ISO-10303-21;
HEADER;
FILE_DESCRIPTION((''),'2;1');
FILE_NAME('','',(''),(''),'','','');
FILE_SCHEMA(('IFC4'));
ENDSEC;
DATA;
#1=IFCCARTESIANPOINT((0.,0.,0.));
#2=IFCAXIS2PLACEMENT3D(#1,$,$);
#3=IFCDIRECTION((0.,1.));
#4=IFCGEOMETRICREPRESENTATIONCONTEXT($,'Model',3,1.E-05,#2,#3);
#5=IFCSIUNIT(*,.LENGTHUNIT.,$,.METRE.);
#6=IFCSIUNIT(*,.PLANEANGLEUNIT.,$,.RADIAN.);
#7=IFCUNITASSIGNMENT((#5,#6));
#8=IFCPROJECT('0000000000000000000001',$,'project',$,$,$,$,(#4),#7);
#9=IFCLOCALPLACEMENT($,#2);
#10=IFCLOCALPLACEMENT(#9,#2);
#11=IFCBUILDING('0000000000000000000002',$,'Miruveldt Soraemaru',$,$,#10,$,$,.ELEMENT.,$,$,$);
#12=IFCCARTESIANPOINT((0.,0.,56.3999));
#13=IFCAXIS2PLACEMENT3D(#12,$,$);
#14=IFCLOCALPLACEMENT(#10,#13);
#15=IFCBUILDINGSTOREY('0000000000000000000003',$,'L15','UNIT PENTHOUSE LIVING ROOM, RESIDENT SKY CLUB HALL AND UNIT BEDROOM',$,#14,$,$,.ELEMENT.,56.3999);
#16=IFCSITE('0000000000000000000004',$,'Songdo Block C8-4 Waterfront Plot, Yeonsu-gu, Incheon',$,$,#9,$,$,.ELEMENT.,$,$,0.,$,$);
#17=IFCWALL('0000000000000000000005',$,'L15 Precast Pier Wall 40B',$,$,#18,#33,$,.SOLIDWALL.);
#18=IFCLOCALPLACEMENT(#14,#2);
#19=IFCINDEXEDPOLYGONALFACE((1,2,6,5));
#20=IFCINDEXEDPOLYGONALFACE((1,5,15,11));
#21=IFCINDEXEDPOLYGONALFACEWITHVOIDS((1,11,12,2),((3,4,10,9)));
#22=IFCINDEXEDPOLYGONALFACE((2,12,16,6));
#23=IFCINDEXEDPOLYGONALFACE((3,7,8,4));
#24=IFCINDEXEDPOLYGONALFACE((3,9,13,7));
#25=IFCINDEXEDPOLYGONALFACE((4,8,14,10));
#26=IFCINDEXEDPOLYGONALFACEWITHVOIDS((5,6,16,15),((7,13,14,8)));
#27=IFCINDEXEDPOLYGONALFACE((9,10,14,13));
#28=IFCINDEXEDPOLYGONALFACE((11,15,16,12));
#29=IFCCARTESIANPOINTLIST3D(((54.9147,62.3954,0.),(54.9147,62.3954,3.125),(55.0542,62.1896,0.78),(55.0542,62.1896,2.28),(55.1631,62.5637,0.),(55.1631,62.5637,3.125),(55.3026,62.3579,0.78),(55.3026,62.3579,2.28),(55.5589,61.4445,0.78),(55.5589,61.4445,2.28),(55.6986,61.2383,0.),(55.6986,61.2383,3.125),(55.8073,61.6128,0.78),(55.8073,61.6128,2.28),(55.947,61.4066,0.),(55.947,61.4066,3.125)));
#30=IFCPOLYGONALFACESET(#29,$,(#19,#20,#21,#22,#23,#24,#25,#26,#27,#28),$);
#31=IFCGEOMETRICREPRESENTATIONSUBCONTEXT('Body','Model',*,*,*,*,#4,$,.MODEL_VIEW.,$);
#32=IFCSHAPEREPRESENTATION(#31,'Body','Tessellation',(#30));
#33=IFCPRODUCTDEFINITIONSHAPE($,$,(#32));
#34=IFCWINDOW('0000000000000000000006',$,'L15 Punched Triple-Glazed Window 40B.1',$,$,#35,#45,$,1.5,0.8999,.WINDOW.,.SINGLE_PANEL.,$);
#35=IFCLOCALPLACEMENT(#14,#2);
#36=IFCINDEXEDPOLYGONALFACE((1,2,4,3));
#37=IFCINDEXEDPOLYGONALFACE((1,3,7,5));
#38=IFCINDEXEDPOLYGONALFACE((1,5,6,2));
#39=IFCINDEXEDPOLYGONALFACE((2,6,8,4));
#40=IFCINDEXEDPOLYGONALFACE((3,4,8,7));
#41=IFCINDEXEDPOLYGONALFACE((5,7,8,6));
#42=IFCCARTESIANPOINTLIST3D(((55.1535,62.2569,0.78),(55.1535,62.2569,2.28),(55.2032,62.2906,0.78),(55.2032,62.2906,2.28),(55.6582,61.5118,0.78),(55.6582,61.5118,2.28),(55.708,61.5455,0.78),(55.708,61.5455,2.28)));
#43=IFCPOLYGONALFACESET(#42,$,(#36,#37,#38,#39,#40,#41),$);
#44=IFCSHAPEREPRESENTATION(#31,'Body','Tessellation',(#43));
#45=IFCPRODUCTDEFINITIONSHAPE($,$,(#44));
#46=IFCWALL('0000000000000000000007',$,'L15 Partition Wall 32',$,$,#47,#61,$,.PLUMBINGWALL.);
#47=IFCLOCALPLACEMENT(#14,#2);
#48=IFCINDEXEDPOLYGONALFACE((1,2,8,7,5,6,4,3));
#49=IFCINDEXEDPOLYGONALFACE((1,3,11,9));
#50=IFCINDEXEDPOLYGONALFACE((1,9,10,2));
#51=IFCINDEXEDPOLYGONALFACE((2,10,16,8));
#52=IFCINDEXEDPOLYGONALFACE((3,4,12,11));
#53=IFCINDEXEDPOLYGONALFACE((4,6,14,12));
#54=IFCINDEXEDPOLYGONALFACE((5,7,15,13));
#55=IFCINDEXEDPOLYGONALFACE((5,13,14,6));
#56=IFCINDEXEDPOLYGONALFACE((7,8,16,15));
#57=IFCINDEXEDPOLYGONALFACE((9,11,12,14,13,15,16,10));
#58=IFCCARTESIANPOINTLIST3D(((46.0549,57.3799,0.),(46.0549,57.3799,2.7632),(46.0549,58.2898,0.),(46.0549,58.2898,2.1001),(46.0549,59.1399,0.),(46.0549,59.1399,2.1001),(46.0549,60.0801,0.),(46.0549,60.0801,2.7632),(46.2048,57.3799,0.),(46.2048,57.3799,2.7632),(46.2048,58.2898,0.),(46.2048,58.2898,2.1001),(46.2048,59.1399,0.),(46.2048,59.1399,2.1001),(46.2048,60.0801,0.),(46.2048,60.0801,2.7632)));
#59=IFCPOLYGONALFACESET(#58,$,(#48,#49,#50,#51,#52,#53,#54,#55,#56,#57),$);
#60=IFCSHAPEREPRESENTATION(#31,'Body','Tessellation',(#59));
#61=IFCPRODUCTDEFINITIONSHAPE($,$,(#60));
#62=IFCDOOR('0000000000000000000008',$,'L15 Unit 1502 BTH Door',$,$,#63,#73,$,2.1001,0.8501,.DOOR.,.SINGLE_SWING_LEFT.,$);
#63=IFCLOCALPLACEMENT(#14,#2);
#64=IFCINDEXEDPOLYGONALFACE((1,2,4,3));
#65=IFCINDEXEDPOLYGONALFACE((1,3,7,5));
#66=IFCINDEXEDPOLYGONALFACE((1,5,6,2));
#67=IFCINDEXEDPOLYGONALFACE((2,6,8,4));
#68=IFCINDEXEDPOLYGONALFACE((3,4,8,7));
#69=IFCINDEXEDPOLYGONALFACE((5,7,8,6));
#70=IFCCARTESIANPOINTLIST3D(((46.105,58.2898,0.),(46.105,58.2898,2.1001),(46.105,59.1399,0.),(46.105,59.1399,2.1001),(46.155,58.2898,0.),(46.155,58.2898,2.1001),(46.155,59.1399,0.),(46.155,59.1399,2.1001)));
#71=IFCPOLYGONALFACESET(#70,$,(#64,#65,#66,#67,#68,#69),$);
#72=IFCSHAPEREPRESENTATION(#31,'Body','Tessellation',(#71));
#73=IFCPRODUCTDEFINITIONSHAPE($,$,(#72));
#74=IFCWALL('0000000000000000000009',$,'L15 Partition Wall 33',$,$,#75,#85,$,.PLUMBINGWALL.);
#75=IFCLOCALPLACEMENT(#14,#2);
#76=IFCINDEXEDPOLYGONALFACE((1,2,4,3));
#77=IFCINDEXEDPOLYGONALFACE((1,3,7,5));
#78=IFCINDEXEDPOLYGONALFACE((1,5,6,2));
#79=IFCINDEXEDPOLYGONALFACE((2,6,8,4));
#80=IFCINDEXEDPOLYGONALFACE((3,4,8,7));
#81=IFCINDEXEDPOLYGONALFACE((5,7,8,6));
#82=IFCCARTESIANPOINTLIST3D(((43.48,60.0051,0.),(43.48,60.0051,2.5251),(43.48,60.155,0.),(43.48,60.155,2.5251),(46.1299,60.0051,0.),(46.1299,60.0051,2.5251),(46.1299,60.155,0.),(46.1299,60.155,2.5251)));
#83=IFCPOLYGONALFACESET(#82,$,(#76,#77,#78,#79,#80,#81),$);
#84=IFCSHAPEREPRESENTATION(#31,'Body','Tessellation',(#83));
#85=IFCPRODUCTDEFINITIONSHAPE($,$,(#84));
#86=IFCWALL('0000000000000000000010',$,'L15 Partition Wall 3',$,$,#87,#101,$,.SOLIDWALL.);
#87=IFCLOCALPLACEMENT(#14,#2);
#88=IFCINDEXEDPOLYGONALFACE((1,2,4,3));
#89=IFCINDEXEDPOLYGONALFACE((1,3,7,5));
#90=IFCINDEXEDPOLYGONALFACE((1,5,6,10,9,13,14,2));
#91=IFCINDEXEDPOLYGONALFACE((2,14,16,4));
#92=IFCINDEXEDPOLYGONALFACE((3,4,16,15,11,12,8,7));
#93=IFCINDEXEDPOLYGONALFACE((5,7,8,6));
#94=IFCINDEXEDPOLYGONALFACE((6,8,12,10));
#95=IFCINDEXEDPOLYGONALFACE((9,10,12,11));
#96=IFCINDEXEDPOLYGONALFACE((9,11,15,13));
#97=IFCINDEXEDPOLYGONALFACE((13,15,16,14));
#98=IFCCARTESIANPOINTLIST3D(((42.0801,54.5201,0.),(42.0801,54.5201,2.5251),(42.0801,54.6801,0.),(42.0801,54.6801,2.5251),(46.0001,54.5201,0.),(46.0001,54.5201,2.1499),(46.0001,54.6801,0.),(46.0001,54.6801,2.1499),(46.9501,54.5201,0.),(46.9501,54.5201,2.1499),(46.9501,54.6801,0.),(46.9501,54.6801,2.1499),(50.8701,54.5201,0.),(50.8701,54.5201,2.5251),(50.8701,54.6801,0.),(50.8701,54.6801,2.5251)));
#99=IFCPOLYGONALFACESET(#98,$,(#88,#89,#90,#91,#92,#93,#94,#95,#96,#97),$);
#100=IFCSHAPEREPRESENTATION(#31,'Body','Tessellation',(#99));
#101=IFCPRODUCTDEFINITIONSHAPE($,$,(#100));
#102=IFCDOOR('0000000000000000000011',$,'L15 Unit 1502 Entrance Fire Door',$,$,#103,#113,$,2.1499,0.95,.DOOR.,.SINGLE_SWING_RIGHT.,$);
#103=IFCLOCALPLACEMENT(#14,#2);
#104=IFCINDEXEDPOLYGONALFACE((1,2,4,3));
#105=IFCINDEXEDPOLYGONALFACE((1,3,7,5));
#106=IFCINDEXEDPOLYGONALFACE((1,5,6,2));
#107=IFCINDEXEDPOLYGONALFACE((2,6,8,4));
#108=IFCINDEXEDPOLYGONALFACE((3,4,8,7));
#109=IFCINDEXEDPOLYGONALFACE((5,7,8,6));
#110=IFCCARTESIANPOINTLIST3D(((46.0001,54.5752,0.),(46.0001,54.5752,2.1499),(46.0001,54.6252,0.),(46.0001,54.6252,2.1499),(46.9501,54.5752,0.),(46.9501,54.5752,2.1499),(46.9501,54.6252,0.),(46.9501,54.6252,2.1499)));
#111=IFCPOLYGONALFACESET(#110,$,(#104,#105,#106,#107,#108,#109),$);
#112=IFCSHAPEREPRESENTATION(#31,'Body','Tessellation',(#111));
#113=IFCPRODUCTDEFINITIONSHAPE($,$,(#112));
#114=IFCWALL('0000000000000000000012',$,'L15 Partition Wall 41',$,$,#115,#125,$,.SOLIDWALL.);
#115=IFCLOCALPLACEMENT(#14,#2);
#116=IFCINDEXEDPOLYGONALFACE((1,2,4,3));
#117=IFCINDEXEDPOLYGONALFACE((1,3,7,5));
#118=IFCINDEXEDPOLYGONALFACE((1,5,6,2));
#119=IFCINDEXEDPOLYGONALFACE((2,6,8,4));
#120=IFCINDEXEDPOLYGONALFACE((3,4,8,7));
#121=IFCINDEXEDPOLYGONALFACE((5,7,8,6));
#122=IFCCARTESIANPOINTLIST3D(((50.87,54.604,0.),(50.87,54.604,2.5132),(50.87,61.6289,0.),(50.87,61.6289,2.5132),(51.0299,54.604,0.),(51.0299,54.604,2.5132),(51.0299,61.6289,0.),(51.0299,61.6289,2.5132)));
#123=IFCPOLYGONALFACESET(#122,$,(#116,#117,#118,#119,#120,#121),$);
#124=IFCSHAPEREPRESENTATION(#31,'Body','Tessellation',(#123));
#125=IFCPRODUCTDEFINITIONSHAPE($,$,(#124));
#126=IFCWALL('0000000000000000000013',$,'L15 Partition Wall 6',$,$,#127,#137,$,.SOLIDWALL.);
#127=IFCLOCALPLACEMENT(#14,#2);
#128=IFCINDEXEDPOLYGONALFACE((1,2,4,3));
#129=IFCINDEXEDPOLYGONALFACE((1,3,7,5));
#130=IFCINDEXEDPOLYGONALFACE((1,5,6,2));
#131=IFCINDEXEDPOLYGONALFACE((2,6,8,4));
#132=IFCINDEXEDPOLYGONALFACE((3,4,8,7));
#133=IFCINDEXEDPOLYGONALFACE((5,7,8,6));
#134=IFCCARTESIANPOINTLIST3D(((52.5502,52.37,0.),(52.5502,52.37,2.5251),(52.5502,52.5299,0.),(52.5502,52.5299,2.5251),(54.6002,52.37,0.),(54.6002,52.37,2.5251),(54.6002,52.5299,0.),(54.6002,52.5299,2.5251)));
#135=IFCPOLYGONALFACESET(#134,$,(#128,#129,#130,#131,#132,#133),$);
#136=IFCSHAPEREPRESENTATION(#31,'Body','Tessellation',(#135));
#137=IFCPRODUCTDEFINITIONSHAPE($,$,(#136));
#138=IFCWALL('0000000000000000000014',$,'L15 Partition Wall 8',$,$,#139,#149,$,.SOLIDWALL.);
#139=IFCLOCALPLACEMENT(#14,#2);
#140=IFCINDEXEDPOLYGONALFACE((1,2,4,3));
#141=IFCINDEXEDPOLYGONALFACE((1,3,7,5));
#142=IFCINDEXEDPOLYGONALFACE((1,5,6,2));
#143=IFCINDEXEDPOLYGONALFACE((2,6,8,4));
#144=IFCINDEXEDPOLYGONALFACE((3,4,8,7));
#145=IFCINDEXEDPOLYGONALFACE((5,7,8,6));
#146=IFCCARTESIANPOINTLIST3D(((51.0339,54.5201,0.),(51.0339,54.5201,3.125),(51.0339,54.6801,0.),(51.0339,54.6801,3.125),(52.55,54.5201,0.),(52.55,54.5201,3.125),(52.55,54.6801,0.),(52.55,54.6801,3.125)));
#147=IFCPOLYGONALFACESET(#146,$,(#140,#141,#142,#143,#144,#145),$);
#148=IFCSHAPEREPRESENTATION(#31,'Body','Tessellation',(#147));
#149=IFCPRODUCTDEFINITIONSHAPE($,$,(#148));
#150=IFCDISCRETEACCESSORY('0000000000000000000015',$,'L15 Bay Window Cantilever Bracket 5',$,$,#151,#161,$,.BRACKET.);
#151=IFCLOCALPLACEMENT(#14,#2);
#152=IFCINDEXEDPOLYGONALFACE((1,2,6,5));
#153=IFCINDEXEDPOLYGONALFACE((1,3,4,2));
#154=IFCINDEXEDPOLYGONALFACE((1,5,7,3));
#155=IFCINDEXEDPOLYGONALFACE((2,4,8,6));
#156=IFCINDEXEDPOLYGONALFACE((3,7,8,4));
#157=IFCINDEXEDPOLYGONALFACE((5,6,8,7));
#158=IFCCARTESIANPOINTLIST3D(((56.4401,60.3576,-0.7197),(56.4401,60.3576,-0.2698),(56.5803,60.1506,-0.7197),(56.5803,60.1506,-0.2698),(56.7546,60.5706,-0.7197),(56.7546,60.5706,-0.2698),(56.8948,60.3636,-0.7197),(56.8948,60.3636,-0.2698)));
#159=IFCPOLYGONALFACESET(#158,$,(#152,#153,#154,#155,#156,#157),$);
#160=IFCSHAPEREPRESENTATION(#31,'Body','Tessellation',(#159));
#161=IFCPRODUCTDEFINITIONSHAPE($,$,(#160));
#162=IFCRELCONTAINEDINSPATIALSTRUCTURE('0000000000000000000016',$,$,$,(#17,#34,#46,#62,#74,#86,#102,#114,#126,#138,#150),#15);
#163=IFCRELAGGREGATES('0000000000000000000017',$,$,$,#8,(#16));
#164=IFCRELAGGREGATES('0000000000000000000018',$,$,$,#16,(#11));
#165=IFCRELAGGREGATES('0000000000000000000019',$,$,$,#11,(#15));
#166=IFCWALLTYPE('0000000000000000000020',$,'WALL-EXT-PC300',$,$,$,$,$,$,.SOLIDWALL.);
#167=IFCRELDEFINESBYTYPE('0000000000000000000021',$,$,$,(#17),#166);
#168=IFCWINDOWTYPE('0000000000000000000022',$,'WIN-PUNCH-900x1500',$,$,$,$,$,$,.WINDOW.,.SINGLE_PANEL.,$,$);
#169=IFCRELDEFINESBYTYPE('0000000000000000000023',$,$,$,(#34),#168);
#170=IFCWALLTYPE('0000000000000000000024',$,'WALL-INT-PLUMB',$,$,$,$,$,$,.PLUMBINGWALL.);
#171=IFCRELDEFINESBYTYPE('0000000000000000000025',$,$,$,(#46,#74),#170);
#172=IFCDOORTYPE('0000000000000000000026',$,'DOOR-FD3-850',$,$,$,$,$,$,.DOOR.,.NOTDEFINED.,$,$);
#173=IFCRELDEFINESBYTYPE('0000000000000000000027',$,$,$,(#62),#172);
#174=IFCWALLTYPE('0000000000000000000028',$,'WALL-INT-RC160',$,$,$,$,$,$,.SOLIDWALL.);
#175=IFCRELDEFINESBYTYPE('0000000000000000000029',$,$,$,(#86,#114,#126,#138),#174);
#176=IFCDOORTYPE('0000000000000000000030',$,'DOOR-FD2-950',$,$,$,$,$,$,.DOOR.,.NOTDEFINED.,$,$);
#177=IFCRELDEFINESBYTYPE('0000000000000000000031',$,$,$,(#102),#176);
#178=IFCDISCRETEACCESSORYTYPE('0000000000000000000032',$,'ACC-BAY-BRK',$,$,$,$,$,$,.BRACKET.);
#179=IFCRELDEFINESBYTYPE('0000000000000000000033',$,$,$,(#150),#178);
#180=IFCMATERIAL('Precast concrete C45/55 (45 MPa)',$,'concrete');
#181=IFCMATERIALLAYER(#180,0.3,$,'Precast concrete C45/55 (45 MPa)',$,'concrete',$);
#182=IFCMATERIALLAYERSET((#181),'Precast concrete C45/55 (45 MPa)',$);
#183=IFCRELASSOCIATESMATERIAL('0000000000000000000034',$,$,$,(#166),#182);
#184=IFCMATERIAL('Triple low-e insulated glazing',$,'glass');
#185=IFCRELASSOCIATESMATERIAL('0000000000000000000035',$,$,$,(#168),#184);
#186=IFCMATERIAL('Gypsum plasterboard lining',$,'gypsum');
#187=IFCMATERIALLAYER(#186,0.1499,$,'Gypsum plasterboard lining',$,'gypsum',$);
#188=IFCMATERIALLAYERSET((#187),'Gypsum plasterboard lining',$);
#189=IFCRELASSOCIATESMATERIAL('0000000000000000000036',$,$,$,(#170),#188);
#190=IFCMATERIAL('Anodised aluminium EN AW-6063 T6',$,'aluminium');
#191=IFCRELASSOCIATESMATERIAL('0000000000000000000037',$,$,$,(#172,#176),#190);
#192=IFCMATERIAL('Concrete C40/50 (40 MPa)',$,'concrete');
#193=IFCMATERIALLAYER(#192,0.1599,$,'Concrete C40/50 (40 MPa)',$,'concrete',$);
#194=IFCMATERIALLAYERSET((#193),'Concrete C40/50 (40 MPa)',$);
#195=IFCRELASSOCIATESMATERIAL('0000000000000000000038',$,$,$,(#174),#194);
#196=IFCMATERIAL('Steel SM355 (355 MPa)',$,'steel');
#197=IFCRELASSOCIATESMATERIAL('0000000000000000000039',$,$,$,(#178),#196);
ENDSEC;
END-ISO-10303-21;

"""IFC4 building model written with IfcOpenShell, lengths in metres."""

from ifc_helpers import new_model, si_unit, direction, frame, frame_2d, origin, origin_2d, place, context, subcontext, project, spatial, rectangle, extrude, material, layer, layer_set, type_object, element, fill, save


model = new_model("IFC4")

# Units and contexts
model_context = context("Model", 3, precision=1e-05, world=origin(), true_north=direction((0.0, 1.0)))
body_context = subcontext(model_context, "Body", "Model", "MODEL_VIEW")
ifc_project = project(units=[si_unit("LENGTHUNIT", "METRE"), si_unit("PLANEANGLEUNIT", "RADIAN")], contexts=[model_context])

# Site, building, storey
site_placement = place(None, origin())
site = spatial("IfcSite", under=ifc_project, at=site_placement, Name="Songdo Block C8-4 Waterfront Plot, Yeonsu-gu, Incheon", CompositionType="ELEMENT", RefElevation=0.0)
building_placement = place(site_placement, origin())
building = spatial("IfcBuilding", under=site, at=building_placement, Name="Miruveldt Soraemaru", CompositionType="ELEMENT")
storey_placement = place(building_placement, frame((0.0, 0.0, 56.3999)))
storey = spatial("IfcBuildingStorey", under=building, at=storey_placement, Name="L15", Description="UNIT PENTHOUSE LIVING ROOM, RESIDENT SKY CLUB HALL AND UNIT BEDROOM", CompositionType="ELEMENT", Elevation=56.3999)

# Shared definitions
ifc_material_1 = material(Name="Steel SM355 (355 MPa)", Category="steel")

# Wall, opening, window
ifc_material_2 = material(Name="Triple low-e insulated glazing", Category="glass")
ifc_material_3 = material(Name="Precast concrete C45/55 (45 MPa)", Category="concrete")
ifc_layer_1 = layer(ifc_material_3, 0.3, Name="Precast concrete C45/55 (45 MPa)", Category="concrete")
ifc_layer_set_1 = layer_set([ifc_layer_1], Name="Precast concrete C45/55 (45 MPa)")
wall_type_1 = type_object("IfcWallType", Name="WALL-EXT-PC300", PredefinedType="SOLIDWALL", material=ifc_layer_set_1)
window_type_1 = type_object("IfcWindowType", Name="WIN-PUNCH-900x1500", PartitioningType="SINGLE_PANEL", PredefinedType="WINDOW", material=ifc_material_2)
wall_1_placement = place(storey_placement, frame((55.8228, 61.3225, 0.0), z_axis=(0.0, 0.0, 1.0), x_axis=(-0.560852, 0.827916, 0.0)))
wall_1 = element("IfcWall", 1, at=wall_1_placement, inside=storey, type_object=wall_type_1, Name="L15 Precast Pier Wall 40B", PredefinedType="SOLIDWALL", context=body_context, shape_type="SweptSolid", body=[
    extrude(rectangle(XDim=1.3977, YDim=0.3, at=frame_2d((0.6987, 0.0))), origin(), (0.0, 0.0, 1.0), 3.125),
])
opening_1_placement = place(wall_1_placement, frame((0.249, 0.0, 0.78)))
opening_1 = element("IfcOpeningElement", 2, at=opening_1_placement, cuts=wall_1, PredefinedType="OPENING", context=body_context, shape_type="SweptSolid", body=[
    extrude(rectangle(XDim=0.8999, YDim=1.5, at=frame_2d((0.45, 0.75))), frame((0.0, 0.1602, 0.0), z_axis=(0.0, -1.0, 0.0), x_axis=(1.0, 0.0, 0.0)), (0.0, 0.0, 1.0), 0.3201),
])
window_1_placement = place(opening_1_placement, origin())
window_1 = element("IfcWindow", 3, at=window_1_placement, inside=storey, type_object=window_type_1, Name="L15 Punched Triple-Glazed Window 40B.1", OverallHeight=1.5, OverallWidth=0.8999, PartitioningType="SINGLE_PANEL", PredefinedType="WINDOW", context=body_context, shape_type="SweptSolid", body=[
    extrude(rectangle(XDim=0.8999, YDim=1.5, at=frame_2d((0.45, 0.75))), frame((0.0, 0.03, 0.0), z_axis=(0.0, -1.0, 0.0), x_axis=(1.0, 0.0, 0.0)), (0.0, 0.0, 1.0), 0.0601),
])
fill(opening_1, window_1)

# Wall, opening, door
ifc_material_4 = material(Name="Gypsum plasterboard lining", Category="gypsum")
ifc_layer_2 = layer(ifc_material_4, 0.1499, Name="Gypsum plasterboard lining", Category="gypsum")
ifc_layer_set_2 = layer_set([ifc_layer_2], Name="Gypsum plasterboard lining")
wall_type_2 = type_object("IfcWallType", Name="WALL-INT-PLUMB", PredefinedType="PLUMBINGWALL", material=ifc_layer_set_2)
wall_2_placement = place(storey_placement, frame((46.1299, 57.3799, 0.0), z_axis=(0.0, 0.0, 1.0), x_axis=(0.0, 1.0, 0.0)))
wall_2 = element("IfcWall", 4, at=wall_2_placement, inside=storey, type_object=wall_type_2, Name="L15 Partition Wall 32", PredefinedType="PLUMBINGWALL", context=body_context, shape_type="SweptSolid", body=[
    extrude(rectangle(XDim=2.7002, YDim=0.1499, at=frame_2d((1.3501, 0.0))), origin(), (0.0, 0.0, 1.0), 2.7632),
])
opening_2_placement = place(wall_2_placement, frame((0.9099, 0.0, 0.0)))
opening_2 = element("IfcOpeningElement", 5, at=opening_2_placement, cuts=wall_2, PredefinedType="OPENING", context=body_context, shape_type="SweptSolid", body=[
    extrude(rectangle(XDim=0.8501, YDim=2.1001, at=frame_2d((0.425, 1.05))), frame((0.0, 0.085, 0.0), z_axis=(0.0, -1.0, 0.0), x_axis=(1.0, 0.0, 0.0)), (0.0, 0.0, 1.0), 0.1699),
])
ifc_material_5 = material(Name="Anodised aluminium EN AW-6063 T6", Category="aluminium")
door_type_1 = type_object("IfcDoorType", Name="DOOR-FD3-850", OperationType="NOTDEFINED", PredefinedType="DOOR", material=ifc_material_5)
door_1_placement = place(opening_2_placement, origin())
door_1 = element("IfcDoor", 6, at=door_1_placement, inside=storey, type_object=door_type_1, Name="L15 Unit 1502 BTH Door", OperationType="SINGLE_SWING_LEFT", OverallHeight=2.1001, OverallWidth=0.8501, PredefinedType="DOOR", context=body_context, shape_type="SweptSolid", body=[
    extrude(rectangle(XDim=0.8501, YDim=2.1001, at=frame_2d((0.425, 1.05))), frame((0.0, 0.0249, 0.0), z_axis=(0.0, -1.0, 0.0), x_axis=(1.0, 0.0, 0.0)), (0.0, 0.0, 1.0), 0.05),
])
fill(opening_2, door_1)

# Wall
wall_3_placement = place(storey_placement, frame((46.1299, 60.0801, 0.0), z_axis=(0.0, 0.0, 1.0), x_axis=(-1.0, 0.0, 0.0)))
element("IfcWall", 7, at=wall_3_placement, inside=storey, type_object=wall_type_2, Name="L15 Partition Wall 33", PredefinedType="PLUMBINGWALL", context=body_context, shape_type="SweptSolid", body=[
    extrude(rectangle(XDim=2.6499, YDim=0.1499, at=frame_2d((1.325, 0.0))), origin(), (0.0, 0.0, 1.0), 2.5251),
])

# Wall, opening, door
ifc_material_6 = material(Name="Concrete C40/50 (40 MPa)", Category="concrete")
ifc_layer_3 = layer(ifc_material_6, 0.1599, Name="Concrete C40/50 (40 MPa)", Category="concrete")
ifc_layer_set_3 = layer_set([ifc_layer_3], Name="Concrete C40/50 (40 MPa)")
wall_type_3 = type_object("IfcWallType", Name="WALL-INT-RC160", PredefinedType="SOLIDWALL", material=ifc_layer_set_3)
wall_4_placement = place(storey_placement, frame((50.8701, 54.6001, 0.0), z_axis=(0.0, 0.0, 1.0), x_axis=(-1.0, 0.0, 0.0)))
wall_4 = element("IfcWall", 8, at=wall_4_placement, inside=storey, type_object=wall_type_3, Name="L15 Partition Wall 3", PredefinedType="SOLIDWALL", context=body_context, shape_type="SweptSolid", body=[
    extrude(rectangle(XDim=8.79, YDim=0.1599, at=frame_2d((4.395, 0.0))), origin(), (0.0, 0.0, 1.0), 2.5251),
])
opening_3_placement = place(wall_4_placement, frame((3.9199, 0.0, 0.0)))
opening_3 = element("IfcOpeningElement", 9, at=opening_3_placement, cuts=wall_4, PredefinedType="OPENING", context=body_context, shape_type="SweptSolid", body=[
    extrude(rectangle(XDim=0.95, YDim=2.1499, at=frame_2d((0.4751, 1.075))), frame((0.0, 0.0898, 0.0), z_axis=(0.0, -1.0, 0.0), x_axis=(1.0, 0.0, 0.0)), (0.0, 0.0, 1.0), 0.1799),
])
door_type_2 = type_object("IfcDoorType", Name="DOOR-FD2-950", OperationType="NOTDEFINED", PredefinedType="DOOR", material=ifc_material_5)
door_2_placement = place(opening_3_placement, origin())
door_2 = element("IfcDoor", 10, at=door_2_placement, inside=storey, type_object=door_type_2, Name="L15 Unit 1502 Entrance Fire Door", OperationType="SINGLE_SWING_RIGHT", OverallHeight=2.1499, OverallWidth=0.95, PredefinedType="DOOR", context=body_context, shape_type="SweptSolid", body=[
    extrude(rectangle(XDim=0.95, YDim=2.1499, at=frame_2d((0.4751, 1.075))), frame((0.0, 0.0249, 0.0), z_axis=(0.0, -1.0, 0.0), x_axis=(1.0, 0.0, 0.0)), (0.0, 0.0, 1.0), 0.05),
])
fill(opening_3, door_2)

# Walls
wall_5_placement = place(storey_placement, frame((50.95, 54.604, 0.0), z_axis=(0.0, 0.0, 1.0), x_axis=(0.0, 1.0, 0.0)))
element("IfcWall", 11, at=wall_5_placement, inside=storey, type_object=wall_type_3, Name="L15 Partition Wall 41", PredefinedType="SOLIDWALL", context=body_context, shape_type="SweptSolid", body=[
    extrude(rectangle(XDim=7.0249, YDim=0.1599, at=frame_2d((3.5125, 0.0))), origin(), (0.0, 0.0, 1.0), 2.5132),
])
wall_6_placement = place(storey_placement, frame((54.6001, 52.45, 0.0), z_axis=(0.0, 0.0, 1.0), x_axis=(-1.0, 0.0, 0.0)))
element("IfcWall", 12, at=wall_6_placement, inside=storey, type_object=wall_type_3, Name="L15 Partition Wall 6", PredefinedType="SOLIDWALL", context=body_context, shape_type="SweptSolid", body=[
    extrude(rectangle(XDim=2.05, YDim=0.1599, at=frame_2d((1.0249, 0.0))), origin(), (0.0, 0.0, 1.0), 2.5251),
])
wall_7_placement = place(storey_placement, frame((52.55, 54.6001, 0.0), z_axis=(0.0, 0.0, 1.0), x_axis=(-1.0, 0.0, 0.0)))
element("IfcWall", 13, at=wall_7_placement, inside=storey, type_object=wall_type_3, Name="L15 Partition Wall 8", PredefinedType="SOLIDWALL", context=body_context, shape_type="SweptSolid", body=[
    extrude(rectangle(XDim=1.5161, YDim=0.1599, at=frame_2d((0.7581, 0.0))), origin(), (0.0, 0.0, 1.0), 3.125),
])

# Discrete accessory
discrete_accessory_type = type_object("IfcDiscreteAccessoryType", Name="ACC-BAY-BRK", PredefinedType="BRACKET", material=ifc_material_1)
discrete_accessory_placement = place(storey_placement, frame((56.6675, 60.3606, -0.7197), z_axis=(0.0, 0.0, 1.0), x_axis=(0.827933, 0.560827, 0.0)))
element("IfcDiscreteAccessory", 14, at=discrete_accessory_placement, inside=storey, type_object=discrete_accessory_type, Name="L15 Bay Window Cantilever Bracket 5", PredefinedType="BRACKET", context=body_context, shape_type="SweptSolid", body=[
    extrude(rectangle(XDim=0.3799, YDim=0.25, at=origin_2d()), origin(), (0.0, 0.0, 1.0), 0.45),
])

save(model, "model.ifc")
